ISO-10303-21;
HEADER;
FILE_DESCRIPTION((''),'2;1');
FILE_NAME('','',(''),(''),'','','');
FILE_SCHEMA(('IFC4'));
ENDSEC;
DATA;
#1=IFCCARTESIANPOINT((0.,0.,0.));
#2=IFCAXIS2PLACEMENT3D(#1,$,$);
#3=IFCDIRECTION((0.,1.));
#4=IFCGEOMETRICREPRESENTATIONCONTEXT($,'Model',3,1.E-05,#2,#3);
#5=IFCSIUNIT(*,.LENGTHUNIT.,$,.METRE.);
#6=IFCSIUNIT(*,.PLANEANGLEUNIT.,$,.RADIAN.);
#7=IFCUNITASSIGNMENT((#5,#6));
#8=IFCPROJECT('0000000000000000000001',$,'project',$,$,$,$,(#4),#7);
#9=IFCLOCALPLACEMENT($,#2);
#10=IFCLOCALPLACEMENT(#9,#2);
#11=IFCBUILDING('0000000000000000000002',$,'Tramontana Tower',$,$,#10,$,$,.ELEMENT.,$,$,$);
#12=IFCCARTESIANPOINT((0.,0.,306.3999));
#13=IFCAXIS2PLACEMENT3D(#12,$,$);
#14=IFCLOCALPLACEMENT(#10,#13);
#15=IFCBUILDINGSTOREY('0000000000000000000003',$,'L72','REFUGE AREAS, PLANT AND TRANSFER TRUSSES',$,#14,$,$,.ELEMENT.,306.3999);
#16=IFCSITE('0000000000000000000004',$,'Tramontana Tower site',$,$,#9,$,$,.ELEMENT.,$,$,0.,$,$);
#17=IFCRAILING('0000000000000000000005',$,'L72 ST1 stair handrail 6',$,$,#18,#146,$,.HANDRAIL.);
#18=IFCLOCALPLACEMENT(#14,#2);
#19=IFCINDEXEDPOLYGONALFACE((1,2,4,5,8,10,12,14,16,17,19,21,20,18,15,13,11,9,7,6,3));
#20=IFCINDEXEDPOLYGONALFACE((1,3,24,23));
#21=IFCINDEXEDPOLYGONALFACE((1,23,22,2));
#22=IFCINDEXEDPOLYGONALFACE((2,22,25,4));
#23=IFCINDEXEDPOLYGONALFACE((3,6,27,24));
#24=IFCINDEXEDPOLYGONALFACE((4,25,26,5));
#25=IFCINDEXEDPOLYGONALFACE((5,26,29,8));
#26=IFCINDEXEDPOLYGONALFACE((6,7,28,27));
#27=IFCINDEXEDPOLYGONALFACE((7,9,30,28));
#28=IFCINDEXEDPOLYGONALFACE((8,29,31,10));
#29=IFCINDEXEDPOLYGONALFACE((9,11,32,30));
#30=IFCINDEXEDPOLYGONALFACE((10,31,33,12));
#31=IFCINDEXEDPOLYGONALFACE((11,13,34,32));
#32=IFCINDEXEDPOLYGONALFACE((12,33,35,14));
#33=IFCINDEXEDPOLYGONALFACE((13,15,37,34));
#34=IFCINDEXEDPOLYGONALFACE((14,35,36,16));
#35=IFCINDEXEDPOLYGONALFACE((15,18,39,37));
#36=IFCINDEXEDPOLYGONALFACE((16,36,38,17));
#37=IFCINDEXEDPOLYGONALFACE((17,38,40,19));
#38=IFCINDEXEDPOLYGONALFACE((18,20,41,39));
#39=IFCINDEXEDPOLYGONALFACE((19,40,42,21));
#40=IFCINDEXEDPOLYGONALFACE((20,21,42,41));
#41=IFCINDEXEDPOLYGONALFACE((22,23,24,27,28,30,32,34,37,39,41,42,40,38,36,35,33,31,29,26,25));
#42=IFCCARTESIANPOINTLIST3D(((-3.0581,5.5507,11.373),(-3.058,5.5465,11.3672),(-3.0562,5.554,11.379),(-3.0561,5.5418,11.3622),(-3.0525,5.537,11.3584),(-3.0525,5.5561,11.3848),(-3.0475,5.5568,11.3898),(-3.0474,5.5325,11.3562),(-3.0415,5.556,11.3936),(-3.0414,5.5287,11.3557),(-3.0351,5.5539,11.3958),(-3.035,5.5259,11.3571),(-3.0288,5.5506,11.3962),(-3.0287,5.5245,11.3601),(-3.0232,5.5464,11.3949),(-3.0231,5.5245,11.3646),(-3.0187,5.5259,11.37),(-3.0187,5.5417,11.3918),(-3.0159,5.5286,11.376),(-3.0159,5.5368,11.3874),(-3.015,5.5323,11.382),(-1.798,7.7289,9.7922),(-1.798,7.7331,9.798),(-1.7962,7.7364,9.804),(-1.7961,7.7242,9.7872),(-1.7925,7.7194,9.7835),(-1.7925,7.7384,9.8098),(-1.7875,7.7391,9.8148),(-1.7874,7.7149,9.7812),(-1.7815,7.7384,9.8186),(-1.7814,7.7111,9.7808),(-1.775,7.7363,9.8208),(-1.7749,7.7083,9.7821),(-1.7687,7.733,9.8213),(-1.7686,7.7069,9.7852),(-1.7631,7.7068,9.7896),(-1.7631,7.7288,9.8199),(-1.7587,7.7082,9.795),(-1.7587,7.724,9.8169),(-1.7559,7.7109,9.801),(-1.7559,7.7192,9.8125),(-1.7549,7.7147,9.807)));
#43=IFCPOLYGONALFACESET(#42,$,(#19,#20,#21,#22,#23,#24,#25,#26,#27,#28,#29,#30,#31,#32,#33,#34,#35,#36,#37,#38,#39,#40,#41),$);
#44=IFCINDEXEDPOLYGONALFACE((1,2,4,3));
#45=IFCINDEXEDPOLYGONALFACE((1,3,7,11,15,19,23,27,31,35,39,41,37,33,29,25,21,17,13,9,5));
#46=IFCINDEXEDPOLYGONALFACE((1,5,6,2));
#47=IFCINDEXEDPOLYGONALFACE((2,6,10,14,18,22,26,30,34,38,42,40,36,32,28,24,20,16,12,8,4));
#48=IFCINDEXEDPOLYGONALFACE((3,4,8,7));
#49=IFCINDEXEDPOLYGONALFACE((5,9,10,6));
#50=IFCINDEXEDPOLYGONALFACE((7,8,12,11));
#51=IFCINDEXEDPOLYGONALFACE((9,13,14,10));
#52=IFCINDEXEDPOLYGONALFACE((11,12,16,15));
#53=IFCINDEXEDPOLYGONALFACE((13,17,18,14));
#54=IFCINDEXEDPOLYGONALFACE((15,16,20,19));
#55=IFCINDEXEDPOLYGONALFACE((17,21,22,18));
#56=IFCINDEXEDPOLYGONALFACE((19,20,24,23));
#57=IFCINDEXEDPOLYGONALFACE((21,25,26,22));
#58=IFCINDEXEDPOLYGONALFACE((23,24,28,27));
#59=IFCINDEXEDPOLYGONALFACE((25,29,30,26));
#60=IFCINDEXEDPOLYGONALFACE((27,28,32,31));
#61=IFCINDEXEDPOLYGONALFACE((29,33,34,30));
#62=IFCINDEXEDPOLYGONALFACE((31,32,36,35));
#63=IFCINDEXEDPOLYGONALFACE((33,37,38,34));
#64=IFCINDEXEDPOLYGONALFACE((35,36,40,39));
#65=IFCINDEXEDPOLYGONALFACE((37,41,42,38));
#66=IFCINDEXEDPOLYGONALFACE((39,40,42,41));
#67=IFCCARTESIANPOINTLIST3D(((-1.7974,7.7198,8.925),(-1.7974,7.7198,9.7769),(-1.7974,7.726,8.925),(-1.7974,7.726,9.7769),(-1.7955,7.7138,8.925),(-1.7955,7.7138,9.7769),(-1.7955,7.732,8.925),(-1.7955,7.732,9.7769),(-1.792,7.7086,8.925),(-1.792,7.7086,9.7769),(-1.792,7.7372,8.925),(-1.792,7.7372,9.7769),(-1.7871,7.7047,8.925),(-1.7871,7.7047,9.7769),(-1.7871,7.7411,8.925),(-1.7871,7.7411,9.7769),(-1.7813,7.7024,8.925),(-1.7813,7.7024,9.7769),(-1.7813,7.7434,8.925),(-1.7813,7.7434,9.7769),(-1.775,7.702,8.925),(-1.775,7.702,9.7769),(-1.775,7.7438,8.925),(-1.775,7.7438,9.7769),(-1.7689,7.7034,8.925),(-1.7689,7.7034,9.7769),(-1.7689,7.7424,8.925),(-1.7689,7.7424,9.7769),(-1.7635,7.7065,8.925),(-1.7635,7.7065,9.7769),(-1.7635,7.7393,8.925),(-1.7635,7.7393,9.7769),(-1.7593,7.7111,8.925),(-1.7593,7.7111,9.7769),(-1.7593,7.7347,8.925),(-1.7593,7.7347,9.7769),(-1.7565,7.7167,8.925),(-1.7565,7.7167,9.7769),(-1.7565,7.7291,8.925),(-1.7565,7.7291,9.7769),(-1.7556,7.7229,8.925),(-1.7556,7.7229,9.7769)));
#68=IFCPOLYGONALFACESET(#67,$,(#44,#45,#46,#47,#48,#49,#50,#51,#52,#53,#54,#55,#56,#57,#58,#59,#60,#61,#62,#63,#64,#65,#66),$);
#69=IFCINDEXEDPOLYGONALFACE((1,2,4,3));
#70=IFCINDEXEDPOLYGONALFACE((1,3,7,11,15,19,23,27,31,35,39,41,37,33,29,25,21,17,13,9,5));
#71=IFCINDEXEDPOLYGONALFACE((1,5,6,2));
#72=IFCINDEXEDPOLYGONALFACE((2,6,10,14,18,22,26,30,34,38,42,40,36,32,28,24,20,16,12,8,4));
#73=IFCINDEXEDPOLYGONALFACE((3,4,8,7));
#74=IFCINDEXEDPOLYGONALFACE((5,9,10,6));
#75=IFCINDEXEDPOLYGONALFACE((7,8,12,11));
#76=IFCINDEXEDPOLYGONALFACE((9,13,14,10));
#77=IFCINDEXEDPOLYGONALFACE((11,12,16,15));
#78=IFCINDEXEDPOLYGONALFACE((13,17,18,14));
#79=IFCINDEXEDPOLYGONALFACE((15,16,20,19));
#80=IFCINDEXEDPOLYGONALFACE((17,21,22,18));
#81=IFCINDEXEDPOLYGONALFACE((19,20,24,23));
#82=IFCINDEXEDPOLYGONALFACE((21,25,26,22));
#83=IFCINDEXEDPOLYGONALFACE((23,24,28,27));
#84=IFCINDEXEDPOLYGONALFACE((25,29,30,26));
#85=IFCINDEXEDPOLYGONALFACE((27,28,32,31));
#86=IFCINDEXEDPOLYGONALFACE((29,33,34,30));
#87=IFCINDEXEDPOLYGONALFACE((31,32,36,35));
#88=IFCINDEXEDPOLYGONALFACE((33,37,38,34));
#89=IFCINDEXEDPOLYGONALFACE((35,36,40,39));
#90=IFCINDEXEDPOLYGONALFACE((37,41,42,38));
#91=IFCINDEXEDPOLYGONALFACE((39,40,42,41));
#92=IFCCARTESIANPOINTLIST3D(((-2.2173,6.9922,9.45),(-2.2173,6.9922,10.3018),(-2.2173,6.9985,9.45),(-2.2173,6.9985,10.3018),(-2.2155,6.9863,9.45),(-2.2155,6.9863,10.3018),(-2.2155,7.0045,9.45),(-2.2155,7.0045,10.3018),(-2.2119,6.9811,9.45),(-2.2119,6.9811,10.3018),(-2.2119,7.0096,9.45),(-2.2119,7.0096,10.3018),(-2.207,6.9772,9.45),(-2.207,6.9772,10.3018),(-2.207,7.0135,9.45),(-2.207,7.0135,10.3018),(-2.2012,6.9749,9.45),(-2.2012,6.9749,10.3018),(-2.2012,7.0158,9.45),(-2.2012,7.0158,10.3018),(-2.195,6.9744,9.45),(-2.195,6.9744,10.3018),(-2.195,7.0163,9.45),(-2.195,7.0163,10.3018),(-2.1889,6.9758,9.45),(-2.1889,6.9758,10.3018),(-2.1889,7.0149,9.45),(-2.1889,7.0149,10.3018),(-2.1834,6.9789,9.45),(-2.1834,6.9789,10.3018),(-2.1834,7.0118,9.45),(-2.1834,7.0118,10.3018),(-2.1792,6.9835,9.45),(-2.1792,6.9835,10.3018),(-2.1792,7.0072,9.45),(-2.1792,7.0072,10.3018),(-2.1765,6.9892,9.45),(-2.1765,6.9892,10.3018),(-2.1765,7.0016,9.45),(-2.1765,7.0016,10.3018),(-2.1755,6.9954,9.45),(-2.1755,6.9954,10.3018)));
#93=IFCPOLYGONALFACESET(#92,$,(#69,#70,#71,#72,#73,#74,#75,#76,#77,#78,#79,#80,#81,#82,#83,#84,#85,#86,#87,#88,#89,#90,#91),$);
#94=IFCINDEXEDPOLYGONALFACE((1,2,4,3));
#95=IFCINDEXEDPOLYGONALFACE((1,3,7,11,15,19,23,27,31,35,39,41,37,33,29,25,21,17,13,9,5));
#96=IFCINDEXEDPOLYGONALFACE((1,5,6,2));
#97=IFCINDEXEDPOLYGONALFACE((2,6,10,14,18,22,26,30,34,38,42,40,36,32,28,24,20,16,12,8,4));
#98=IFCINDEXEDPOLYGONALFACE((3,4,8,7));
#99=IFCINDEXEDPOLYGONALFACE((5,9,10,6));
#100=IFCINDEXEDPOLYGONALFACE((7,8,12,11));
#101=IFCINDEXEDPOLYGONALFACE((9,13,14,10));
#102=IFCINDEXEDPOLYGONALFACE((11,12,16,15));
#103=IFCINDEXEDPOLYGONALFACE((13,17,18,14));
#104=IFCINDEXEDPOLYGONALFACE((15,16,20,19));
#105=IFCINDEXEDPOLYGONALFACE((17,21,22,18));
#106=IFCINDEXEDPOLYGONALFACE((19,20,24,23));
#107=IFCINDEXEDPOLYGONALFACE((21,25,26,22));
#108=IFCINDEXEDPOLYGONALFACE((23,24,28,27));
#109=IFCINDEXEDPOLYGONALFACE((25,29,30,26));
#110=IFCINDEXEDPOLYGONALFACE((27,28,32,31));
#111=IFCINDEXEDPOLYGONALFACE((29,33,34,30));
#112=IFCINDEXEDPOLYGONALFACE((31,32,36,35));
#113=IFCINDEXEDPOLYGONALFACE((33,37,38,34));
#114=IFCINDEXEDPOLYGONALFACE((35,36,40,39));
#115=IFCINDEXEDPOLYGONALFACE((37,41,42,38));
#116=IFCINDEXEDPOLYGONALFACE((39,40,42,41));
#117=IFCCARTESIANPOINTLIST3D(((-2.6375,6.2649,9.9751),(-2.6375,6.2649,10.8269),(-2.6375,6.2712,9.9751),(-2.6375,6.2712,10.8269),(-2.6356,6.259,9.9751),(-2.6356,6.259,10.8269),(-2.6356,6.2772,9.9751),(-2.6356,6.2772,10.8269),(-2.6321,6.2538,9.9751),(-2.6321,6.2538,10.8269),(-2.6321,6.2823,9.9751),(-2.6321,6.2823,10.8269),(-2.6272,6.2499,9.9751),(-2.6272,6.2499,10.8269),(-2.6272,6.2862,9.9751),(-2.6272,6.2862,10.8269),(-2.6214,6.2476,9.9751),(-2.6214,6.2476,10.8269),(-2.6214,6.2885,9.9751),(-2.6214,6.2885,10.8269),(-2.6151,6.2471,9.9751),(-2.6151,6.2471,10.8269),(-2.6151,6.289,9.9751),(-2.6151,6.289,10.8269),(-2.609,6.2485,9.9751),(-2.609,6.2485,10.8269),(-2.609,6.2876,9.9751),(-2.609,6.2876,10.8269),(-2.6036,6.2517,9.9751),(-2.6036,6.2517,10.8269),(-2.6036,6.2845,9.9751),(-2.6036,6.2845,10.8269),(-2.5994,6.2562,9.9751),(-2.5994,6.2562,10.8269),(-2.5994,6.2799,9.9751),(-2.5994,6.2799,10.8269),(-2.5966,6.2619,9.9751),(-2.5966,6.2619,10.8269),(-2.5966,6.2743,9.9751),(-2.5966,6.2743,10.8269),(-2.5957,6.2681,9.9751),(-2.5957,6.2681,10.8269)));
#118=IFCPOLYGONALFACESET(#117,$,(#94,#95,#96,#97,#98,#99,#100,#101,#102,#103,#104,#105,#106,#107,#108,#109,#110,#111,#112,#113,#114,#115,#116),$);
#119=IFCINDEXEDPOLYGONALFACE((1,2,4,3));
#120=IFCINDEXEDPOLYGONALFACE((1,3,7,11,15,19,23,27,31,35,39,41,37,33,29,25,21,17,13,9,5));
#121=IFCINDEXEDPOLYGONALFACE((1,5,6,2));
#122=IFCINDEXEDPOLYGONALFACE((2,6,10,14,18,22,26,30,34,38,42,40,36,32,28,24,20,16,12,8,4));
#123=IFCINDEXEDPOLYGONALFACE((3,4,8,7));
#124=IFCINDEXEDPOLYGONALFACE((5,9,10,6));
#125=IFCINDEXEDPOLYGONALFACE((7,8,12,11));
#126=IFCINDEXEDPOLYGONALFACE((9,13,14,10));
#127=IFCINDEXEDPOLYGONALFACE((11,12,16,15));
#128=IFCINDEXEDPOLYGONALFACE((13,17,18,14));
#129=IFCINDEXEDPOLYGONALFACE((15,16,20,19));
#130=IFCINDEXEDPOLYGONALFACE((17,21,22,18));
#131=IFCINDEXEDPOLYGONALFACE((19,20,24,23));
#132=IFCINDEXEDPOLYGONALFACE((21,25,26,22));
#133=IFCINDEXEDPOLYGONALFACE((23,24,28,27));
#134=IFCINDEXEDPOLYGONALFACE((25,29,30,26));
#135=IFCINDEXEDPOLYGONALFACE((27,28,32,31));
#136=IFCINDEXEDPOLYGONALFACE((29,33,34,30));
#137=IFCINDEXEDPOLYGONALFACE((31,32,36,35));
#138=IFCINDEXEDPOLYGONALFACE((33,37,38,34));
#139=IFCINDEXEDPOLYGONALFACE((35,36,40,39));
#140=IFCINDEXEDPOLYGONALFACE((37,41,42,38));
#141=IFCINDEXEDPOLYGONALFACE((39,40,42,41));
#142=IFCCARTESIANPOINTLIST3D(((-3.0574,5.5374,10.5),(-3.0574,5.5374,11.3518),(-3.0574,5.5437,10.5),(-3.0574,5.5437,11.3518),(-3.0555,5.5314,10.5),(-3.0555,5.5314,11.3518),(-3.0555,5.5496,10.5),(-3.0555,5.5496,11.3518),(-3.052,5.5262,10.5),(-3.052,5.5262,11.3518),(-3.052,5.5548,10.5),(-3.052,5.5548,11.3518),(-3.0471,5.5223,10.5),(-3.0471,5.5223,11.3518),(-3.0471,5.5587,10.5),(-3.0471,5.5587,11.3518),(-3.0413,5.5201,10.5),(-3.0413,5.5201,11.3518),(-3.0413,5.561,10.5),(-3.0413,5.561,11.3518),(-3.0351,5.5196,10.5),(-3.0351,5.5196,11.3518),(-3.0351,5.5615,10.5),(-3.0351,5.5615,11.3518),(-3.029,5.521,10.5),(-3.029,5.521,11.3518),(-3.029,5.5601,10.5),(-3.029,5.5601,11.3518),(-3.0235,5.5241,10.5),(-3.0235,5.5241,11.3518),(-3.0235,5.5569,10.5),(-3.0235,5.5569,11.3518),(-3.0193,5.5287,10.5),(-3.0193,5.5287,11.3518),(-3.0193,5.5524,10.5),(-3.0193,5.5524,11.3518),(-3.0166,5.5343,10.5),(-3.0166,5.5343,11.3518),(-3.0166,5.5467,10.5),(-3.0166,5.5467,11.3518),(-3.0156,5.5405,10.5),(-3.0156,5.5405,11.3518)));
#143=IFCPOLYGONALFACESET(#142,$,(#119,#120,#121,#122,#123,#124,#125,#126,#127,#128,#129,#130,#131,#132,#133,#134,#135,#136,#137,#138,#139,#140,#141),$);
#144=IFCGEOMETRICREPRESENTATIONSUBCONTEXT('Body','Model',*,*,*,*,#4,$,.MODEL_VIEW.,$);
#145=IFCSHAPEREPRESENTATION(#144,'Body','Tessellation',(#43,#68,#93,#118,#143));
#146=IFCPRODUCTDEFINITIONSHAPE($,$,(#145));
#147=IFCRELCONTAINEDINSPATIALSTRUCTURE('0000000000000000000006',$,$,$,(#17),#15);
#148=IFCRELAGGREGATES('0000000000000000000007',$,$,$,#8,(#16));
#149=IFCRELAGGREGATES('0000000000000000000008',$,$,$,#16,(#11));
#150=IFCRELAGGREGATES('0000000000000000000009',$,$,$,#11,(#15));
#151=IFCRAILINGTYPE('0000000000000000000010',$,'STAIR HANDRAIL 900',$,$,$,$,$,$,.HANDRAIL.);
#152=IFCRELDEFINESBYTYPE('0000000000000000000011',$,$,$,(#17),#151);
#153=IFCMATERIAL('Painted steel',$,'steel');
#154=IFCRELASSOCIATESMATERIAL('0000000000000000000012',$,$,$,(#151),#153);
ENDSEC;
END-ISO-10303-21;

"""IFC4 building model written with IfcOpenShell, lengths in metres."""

from ifc_helpers import new_model, si_unit, direction, frame, origin, origin_2d, place, context, subcontext, project, spatial, circle, extrude, material, type_object, element, save


model = new_model("IFC4")

# Units and contexts
model_context = context("Model", 3, precision=1e-05, world=origin(), true_north=direction((0.0, 1.0)))
body_context = subcontext(model_context, "Body", "Model", "MODEL_VIEW")
ifc_project = project(units=[si_unit("LENGTHUNIT", "METRE"), si_unit("PLANEANGLEUNIT", "RADIAN")], contexts=[model_context])

# Site, building, storey
site_placement = place(None, origin())
site = spatial("IfcSite", under=ifc_project, at=site_placement, Name="Tramontana Tower site", CompositionType="ELEMENT", RefElevation=0.0)
building_placement = place(site_placement, origin())
building = spatial("IfcBuilding", under=site, at=building_placement, Name="Tramontana Tower", CompositionType="ELEMENT")
storey_placement = place(building_placement, frame((0.0, 0.0, 306.3999)))
storey = spatial("IfcBuildingStorey", under=building, at=storey_placement, Name="L72", Description="REFUGE AREAS, PLANT AND TRANSFER TRUSSES", CompositionType="ELEMENT", Elevation=306.3999)

# Railing
ifc_material_1 = material(Name="Painted steel", Category="steel")
railing_type_1 = type_object("IfcRailingType", Name="STAIR HANDRAIL 900", PredefinedType="HANDRAIL", material=ifc_material_1)
railing_1_placement = place(storey_placement, frame((-1.7766, 7.7229, 8.925)))
element("IfcRailing", 1, at=railing_1_placement, inside=storey, type_object=railing_type_1, Name="L72 ST1 stair handrail 6", PredefinedType="HANDRAIL", context=body_context, shape_type="SweptSolid", body=[
    extrude(circle(Radius=0.0239, at=origin_2d()), frame((0.0, 0.0, 0.876), z_axis=(-0.424007, -0.734392, 0.529988), x_axis=(0.866023, -0.500005, 0.0)), (0.0, 0.0, 1.0), 2.9717),
    extrude(circle(Radius=0.021, at=origin_2d()), origin(), (0.0, 0.0, 1.0), 0.8518),
    extrude(circle(Radius=0.021, at=origin_2d()), frame((-0.4199, -0.7275, 0.5249)), (0.0, 0.0, 1.0), 0.8518),
    extrude(circle(Radius=0.021, at=origin_2d()), frame((-0.8401, -1.4548, 1.05)), (0.0, 0.0, 1.0), 0.8518),
    extrude(circle(Radius=0.021, at=origin_2d()), frame((-1.26, -2.1824, 1.575)), (0.0, 0.0, 1.0), 0.8518),
])

save(model, "model.ifc")
